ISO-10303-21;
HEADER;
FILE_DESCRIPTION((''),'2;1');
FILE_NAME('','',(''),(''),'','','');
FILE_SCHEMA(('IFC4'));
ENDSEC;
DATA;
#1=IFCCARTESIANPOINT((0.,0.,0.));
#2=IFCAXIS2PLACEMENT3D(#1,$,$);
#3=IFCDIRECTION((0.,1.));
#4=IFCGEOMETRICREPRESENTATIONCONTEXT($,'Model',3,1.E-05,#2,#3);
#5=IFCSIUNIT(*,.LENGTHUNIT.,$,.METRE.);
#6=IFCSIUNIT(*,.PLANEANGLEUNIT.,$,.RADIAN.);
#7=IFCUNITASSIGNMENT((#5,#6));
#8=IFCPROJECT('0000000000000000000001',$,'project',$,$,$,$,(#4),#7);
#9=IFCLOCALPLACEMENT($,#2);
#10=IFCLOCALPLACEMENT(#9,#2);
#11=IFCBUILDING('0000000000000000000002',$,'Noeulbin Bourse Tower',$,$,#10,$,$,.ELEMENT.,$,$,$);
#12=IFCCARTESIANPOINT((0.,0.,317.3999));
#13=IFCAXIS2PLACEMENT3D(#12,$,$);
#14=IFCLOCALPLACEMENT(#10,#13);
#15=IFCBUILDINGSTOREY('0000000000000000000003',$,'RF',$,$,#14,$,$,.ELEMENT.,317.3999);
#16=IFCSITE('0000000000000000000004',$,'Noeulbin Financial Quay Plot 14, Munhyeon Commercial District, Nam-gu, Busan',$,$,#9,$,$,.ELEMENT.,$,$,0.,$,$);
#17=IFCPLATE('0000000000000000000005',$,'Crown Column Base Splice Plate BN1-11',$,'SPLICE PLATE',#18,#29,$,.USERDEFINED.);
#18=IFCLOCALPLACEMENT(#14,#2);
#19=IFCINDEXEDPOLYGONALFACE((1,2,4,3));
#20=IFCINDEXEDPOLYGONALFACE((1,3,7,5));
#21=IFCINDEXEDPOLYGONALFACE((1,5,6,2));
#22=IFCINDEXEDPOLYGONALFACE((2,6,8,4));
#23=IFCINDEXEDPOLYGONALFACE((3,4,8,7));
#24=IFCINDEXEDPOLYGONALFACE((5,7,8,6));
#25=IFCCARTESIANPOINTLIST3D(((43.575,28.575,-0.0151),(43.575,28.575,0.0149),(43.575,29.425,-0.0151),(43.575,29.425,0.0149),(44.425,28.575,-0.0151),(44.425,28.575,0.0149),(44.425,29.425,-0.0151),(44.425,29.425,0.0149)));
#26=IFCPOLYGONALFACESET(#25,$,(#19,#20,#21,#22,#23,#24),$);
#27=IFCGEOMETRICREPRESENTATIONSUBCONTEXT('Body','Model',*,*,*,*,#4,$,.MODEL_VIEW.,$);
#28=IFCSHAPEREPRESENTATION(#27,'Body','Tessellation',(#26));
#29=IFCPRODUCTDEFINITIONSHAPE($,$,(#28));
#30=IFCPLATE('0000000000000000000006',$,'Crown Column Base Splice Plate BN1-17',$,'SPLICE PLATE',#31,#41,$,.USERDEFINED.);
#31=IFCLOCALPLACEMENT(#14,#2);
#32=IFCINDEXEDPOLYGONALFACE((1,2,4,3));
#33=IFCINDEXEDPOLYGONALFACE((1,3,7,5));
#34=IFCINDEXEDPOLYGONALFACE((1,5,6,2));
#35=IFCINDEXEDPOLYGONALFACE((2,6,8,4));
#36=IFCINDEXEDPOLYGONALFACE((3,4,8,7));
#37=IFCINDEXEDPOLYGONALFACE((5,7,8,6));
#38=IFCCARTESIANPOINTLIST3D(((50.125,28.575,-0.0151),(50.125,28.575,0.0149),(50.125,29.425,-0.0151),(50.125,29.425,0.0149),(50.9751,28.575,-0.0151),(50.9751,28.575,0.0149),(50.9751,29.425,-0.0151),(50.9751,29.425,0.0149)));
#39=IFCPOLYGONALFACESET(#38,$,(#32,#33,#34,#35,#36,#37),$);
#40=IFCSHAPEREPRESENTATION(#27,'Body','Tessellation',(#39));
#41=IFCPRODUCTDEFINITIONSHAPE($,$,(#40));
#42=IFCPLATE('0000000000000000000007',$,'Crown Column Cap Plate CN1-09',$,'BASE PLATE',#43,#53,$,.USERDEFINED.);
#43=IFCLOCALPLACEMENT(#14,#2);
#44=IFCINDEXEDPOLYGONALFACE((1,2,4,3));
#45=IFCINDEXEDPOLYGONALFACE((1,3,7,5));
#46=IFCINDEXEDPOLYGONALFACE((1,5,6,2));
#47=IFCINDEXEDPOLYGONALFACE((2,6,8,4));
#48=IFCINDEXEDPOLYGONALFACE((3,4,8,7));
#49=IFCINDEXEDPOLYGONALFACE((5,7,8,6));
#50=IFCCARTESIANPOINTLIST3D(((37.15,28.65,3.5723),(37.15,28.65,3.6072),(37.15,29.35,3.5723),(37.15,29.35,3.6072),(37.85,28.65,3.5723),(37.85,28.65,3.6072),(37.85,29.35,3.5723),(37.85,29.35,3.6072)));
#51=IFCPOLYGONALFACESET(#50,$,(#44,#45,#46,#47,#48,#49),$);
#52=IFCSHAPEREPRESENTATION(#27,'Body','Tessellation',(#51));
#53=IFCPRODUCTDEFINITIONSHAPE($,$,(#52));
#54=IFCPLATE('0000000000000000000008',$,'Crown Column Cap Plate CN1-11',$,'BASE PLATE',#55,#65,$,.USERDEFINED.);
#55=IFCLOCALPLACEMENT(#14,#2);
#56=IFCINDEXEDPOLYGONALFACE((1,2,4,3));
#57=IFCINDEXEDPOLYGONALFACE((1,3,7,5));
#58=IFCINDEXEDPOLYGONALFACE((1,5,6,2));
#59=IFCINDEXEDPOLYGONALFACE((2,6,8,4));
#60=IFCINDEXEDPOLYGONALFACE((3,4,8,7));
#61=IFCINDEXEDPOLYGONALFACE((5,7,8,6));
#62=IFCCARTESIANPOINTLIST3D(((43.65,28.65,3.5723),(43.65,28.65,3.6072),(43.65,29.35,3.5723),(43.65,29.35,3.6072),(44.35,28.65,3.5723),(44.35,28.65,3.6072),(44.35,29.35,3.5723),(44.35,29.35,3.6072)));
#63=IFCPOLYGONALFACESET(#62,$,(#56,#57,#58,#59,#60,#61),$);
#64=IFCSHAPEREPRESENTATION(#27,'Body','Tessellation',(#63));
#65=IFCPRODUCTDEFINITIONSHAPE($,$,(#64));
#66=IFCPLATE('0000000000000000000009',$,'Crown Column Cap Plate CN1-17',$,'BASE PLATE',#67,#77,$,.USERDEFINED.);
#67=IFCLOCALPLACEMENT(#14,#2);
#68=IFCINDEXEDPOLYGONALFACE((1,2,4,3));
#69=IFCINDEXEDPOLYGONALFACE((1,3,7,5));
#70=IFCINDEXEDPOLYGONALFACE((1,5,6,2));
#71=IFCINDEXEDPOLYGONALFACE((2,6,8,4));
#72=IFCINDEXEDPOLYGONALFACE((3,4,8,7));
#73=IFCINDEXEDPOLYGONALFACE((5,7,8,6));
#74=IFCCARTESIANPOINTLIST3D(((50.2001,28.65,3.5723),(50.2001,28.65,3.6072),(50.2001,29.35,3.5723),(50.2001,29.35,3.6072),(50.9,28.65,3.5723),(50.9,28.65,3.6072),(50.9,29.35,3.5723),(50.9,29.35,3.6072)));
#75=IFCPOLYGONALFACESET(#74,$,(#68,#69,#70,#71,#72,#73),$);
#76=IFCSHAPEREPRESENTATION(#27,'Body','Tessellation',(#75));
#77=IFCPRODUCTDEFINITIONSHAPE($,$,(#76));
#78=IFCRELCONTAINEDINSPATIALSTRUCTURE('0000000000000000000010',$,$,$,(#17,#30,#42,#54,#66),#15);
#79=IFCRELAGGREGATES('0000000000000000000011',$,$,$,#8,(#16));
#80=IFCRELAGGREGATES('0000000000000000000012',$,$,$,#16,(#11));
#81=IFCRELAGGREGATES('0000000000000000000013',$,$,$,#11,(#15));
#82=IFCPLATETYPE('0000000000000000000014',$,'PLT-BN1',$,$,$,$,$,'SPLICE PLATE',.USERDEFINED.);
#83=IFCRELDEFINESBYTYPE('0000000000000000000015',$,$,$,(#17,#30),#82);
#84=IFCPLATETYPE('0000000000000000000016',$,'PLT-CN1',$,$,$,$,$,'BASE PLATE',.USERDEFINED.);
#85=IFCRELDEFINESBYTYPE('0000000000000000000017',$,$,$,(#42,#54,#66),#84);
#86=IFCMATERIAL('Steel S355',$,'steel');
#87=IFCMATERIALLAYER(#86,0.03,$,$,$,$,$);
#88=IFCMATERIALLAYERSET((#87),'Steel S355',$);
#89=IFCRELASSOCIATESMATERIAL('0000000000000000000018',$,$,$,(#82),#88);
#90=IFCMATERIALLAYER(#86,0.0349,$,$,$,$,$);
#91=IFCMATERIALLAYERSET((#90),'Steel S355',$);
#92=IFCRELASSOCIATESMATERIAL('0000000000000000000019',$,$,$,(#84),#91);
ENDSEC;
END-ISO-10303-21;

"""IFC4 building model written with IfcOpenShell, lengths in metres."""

from ifc_helpers import new_model, si_unit, direction, frame, origin, origin_2d, place, context, subcontext, project, spatial, rectangle, extrude, material, layer, layer_set, type_object, element, save


model = new_model("IFC4")

# Units and contexts
model_context = context("Model", 3, precision=1e-05, world=origin(), true_north=direction((0.0, 1.0)))
body_context = subcontext(model_context, "Body", "Model", "MODEL_VIEW")
ifc_project = project(units=[si_unit("LENGTHUNIT", "METRE"), si_unit("PLANEANGLEUNIT", "RADIAN")], contexts=[model_context])

# Site, building, storey
site_placement = place(None, origin())
site = spatial("IfcSite", under=ifc_project, at=site_placement, Name="Noeulbin Financial Quay Plot 14, Munhyeon Commercial District, Nam-gu, Busan", CompositionType="ELEMENT", RefElevation=0.0)
building_placement = place(site_placement, origin())
building = spatial("IfcBuilding", under=site, at=building_placement, Name="Noeulbin Bourse Tower", CompositionType="ELEMENT")
storey_placement = place(building_placement, frame((0.0, 0.0, 317.3999)))
storey = spatial("IfcBuildingStorey", under=building, at=storey_placement, Name="RF", CompositionType="ELEMENT", Elevation=317.3999)

# Shared definitions
ifc_material_1 = material(Name="Steel S355", Category="steel")

# Plates
ifc_layer_1 = layer(ifc_material_1, 0.03)
ifc_layer_set_1 = layer_set([ifc_layer_1], Name="Steel S355")
plate_type_1 = type_object("IfcPlateType", Name="PLT-BN1", ElementType="SPLICE PLATE", PredefinedType="USERDEFINED", material=ifc_layer_set_1)
for number, where, z_axis, x_axis, name in (
    (1, (44.0, 29.0, -0.0151), (0.0, 0.0, 1.0), (1.0, 0.0, 0.0), "Crown Column Base Splice Plate BN1-11"),
    (2, (50.55, 29.0, -0.0151), (0.0, 0.0, 1.0), (1.0, 0.0, 0.0), "Crown Column Base Splice Plate BN1-17"),
):
    element("IfcPlate", number, at=place(storey_placement, frame(where, z_axis=z_axis, x_axis=x_axis)), inside=storey, type_object=plate_type_1, Name=name, ObjectType="SPLICE PLATE", PredefinedType="USERDEFINED", context=body_context, shape_type="SweptSolid", body=[
        extrude(rectangle(XDim=0.8501, YDim=0.8501, at=origin_2d()), origin(), (0.0, 0.0, 1.0), 0.03),
    ])
ifc_layer_2 = layer(ifc_material_1, 0.0349)
ifc_layer_set_2 = layer_set([ifc_layer_2], Name="Steel S355")
plate_type_2 = type_object("IfcPlateType", Name="PLT-CN1", ElementType="BASE PLATE", PredefinedType="USERDEFINED", material=ifc_layer_set_2)
for number, where, z_axis, x_axis, name in (
    (3, (37.5, 29.0, 3.5723), (0.0, 0.0, 1.0), (1.0, 0.0, 0.0), "Crown Column Cap Plate CN1-09"),
    (4, (44.0, 29.0, 3.5723), (0.0, 0.0, 1.0), (1.0, 0.0, 0.0), "Crown Column Cap Plate CN1-11"),
    (5, (50.55, 29.0, 3.5723), (0.0, 0.0, 1.0), (1.0, 0.0, 0.0), "Crown Column Cap Plate CN1-17"),
):
    element("IfcPlate", number, at=place(storey_placement, frame(where, z_axis=z_axis, x_axis=x_axis)), inside=storey, type_object=plate_type_2, Name=name, ObjectType="BASE PLATE", PredefinedType="USERDEFINED", context=body_context, shape_type="SweptSolid", body=[
        extrude(rectangle(XDim=0.7, YDim=0.7, at=origin_2d()), origin(), (0.0, 0.0, 1.0), 0.0349),
    ])

save(model, "model.ifc")
